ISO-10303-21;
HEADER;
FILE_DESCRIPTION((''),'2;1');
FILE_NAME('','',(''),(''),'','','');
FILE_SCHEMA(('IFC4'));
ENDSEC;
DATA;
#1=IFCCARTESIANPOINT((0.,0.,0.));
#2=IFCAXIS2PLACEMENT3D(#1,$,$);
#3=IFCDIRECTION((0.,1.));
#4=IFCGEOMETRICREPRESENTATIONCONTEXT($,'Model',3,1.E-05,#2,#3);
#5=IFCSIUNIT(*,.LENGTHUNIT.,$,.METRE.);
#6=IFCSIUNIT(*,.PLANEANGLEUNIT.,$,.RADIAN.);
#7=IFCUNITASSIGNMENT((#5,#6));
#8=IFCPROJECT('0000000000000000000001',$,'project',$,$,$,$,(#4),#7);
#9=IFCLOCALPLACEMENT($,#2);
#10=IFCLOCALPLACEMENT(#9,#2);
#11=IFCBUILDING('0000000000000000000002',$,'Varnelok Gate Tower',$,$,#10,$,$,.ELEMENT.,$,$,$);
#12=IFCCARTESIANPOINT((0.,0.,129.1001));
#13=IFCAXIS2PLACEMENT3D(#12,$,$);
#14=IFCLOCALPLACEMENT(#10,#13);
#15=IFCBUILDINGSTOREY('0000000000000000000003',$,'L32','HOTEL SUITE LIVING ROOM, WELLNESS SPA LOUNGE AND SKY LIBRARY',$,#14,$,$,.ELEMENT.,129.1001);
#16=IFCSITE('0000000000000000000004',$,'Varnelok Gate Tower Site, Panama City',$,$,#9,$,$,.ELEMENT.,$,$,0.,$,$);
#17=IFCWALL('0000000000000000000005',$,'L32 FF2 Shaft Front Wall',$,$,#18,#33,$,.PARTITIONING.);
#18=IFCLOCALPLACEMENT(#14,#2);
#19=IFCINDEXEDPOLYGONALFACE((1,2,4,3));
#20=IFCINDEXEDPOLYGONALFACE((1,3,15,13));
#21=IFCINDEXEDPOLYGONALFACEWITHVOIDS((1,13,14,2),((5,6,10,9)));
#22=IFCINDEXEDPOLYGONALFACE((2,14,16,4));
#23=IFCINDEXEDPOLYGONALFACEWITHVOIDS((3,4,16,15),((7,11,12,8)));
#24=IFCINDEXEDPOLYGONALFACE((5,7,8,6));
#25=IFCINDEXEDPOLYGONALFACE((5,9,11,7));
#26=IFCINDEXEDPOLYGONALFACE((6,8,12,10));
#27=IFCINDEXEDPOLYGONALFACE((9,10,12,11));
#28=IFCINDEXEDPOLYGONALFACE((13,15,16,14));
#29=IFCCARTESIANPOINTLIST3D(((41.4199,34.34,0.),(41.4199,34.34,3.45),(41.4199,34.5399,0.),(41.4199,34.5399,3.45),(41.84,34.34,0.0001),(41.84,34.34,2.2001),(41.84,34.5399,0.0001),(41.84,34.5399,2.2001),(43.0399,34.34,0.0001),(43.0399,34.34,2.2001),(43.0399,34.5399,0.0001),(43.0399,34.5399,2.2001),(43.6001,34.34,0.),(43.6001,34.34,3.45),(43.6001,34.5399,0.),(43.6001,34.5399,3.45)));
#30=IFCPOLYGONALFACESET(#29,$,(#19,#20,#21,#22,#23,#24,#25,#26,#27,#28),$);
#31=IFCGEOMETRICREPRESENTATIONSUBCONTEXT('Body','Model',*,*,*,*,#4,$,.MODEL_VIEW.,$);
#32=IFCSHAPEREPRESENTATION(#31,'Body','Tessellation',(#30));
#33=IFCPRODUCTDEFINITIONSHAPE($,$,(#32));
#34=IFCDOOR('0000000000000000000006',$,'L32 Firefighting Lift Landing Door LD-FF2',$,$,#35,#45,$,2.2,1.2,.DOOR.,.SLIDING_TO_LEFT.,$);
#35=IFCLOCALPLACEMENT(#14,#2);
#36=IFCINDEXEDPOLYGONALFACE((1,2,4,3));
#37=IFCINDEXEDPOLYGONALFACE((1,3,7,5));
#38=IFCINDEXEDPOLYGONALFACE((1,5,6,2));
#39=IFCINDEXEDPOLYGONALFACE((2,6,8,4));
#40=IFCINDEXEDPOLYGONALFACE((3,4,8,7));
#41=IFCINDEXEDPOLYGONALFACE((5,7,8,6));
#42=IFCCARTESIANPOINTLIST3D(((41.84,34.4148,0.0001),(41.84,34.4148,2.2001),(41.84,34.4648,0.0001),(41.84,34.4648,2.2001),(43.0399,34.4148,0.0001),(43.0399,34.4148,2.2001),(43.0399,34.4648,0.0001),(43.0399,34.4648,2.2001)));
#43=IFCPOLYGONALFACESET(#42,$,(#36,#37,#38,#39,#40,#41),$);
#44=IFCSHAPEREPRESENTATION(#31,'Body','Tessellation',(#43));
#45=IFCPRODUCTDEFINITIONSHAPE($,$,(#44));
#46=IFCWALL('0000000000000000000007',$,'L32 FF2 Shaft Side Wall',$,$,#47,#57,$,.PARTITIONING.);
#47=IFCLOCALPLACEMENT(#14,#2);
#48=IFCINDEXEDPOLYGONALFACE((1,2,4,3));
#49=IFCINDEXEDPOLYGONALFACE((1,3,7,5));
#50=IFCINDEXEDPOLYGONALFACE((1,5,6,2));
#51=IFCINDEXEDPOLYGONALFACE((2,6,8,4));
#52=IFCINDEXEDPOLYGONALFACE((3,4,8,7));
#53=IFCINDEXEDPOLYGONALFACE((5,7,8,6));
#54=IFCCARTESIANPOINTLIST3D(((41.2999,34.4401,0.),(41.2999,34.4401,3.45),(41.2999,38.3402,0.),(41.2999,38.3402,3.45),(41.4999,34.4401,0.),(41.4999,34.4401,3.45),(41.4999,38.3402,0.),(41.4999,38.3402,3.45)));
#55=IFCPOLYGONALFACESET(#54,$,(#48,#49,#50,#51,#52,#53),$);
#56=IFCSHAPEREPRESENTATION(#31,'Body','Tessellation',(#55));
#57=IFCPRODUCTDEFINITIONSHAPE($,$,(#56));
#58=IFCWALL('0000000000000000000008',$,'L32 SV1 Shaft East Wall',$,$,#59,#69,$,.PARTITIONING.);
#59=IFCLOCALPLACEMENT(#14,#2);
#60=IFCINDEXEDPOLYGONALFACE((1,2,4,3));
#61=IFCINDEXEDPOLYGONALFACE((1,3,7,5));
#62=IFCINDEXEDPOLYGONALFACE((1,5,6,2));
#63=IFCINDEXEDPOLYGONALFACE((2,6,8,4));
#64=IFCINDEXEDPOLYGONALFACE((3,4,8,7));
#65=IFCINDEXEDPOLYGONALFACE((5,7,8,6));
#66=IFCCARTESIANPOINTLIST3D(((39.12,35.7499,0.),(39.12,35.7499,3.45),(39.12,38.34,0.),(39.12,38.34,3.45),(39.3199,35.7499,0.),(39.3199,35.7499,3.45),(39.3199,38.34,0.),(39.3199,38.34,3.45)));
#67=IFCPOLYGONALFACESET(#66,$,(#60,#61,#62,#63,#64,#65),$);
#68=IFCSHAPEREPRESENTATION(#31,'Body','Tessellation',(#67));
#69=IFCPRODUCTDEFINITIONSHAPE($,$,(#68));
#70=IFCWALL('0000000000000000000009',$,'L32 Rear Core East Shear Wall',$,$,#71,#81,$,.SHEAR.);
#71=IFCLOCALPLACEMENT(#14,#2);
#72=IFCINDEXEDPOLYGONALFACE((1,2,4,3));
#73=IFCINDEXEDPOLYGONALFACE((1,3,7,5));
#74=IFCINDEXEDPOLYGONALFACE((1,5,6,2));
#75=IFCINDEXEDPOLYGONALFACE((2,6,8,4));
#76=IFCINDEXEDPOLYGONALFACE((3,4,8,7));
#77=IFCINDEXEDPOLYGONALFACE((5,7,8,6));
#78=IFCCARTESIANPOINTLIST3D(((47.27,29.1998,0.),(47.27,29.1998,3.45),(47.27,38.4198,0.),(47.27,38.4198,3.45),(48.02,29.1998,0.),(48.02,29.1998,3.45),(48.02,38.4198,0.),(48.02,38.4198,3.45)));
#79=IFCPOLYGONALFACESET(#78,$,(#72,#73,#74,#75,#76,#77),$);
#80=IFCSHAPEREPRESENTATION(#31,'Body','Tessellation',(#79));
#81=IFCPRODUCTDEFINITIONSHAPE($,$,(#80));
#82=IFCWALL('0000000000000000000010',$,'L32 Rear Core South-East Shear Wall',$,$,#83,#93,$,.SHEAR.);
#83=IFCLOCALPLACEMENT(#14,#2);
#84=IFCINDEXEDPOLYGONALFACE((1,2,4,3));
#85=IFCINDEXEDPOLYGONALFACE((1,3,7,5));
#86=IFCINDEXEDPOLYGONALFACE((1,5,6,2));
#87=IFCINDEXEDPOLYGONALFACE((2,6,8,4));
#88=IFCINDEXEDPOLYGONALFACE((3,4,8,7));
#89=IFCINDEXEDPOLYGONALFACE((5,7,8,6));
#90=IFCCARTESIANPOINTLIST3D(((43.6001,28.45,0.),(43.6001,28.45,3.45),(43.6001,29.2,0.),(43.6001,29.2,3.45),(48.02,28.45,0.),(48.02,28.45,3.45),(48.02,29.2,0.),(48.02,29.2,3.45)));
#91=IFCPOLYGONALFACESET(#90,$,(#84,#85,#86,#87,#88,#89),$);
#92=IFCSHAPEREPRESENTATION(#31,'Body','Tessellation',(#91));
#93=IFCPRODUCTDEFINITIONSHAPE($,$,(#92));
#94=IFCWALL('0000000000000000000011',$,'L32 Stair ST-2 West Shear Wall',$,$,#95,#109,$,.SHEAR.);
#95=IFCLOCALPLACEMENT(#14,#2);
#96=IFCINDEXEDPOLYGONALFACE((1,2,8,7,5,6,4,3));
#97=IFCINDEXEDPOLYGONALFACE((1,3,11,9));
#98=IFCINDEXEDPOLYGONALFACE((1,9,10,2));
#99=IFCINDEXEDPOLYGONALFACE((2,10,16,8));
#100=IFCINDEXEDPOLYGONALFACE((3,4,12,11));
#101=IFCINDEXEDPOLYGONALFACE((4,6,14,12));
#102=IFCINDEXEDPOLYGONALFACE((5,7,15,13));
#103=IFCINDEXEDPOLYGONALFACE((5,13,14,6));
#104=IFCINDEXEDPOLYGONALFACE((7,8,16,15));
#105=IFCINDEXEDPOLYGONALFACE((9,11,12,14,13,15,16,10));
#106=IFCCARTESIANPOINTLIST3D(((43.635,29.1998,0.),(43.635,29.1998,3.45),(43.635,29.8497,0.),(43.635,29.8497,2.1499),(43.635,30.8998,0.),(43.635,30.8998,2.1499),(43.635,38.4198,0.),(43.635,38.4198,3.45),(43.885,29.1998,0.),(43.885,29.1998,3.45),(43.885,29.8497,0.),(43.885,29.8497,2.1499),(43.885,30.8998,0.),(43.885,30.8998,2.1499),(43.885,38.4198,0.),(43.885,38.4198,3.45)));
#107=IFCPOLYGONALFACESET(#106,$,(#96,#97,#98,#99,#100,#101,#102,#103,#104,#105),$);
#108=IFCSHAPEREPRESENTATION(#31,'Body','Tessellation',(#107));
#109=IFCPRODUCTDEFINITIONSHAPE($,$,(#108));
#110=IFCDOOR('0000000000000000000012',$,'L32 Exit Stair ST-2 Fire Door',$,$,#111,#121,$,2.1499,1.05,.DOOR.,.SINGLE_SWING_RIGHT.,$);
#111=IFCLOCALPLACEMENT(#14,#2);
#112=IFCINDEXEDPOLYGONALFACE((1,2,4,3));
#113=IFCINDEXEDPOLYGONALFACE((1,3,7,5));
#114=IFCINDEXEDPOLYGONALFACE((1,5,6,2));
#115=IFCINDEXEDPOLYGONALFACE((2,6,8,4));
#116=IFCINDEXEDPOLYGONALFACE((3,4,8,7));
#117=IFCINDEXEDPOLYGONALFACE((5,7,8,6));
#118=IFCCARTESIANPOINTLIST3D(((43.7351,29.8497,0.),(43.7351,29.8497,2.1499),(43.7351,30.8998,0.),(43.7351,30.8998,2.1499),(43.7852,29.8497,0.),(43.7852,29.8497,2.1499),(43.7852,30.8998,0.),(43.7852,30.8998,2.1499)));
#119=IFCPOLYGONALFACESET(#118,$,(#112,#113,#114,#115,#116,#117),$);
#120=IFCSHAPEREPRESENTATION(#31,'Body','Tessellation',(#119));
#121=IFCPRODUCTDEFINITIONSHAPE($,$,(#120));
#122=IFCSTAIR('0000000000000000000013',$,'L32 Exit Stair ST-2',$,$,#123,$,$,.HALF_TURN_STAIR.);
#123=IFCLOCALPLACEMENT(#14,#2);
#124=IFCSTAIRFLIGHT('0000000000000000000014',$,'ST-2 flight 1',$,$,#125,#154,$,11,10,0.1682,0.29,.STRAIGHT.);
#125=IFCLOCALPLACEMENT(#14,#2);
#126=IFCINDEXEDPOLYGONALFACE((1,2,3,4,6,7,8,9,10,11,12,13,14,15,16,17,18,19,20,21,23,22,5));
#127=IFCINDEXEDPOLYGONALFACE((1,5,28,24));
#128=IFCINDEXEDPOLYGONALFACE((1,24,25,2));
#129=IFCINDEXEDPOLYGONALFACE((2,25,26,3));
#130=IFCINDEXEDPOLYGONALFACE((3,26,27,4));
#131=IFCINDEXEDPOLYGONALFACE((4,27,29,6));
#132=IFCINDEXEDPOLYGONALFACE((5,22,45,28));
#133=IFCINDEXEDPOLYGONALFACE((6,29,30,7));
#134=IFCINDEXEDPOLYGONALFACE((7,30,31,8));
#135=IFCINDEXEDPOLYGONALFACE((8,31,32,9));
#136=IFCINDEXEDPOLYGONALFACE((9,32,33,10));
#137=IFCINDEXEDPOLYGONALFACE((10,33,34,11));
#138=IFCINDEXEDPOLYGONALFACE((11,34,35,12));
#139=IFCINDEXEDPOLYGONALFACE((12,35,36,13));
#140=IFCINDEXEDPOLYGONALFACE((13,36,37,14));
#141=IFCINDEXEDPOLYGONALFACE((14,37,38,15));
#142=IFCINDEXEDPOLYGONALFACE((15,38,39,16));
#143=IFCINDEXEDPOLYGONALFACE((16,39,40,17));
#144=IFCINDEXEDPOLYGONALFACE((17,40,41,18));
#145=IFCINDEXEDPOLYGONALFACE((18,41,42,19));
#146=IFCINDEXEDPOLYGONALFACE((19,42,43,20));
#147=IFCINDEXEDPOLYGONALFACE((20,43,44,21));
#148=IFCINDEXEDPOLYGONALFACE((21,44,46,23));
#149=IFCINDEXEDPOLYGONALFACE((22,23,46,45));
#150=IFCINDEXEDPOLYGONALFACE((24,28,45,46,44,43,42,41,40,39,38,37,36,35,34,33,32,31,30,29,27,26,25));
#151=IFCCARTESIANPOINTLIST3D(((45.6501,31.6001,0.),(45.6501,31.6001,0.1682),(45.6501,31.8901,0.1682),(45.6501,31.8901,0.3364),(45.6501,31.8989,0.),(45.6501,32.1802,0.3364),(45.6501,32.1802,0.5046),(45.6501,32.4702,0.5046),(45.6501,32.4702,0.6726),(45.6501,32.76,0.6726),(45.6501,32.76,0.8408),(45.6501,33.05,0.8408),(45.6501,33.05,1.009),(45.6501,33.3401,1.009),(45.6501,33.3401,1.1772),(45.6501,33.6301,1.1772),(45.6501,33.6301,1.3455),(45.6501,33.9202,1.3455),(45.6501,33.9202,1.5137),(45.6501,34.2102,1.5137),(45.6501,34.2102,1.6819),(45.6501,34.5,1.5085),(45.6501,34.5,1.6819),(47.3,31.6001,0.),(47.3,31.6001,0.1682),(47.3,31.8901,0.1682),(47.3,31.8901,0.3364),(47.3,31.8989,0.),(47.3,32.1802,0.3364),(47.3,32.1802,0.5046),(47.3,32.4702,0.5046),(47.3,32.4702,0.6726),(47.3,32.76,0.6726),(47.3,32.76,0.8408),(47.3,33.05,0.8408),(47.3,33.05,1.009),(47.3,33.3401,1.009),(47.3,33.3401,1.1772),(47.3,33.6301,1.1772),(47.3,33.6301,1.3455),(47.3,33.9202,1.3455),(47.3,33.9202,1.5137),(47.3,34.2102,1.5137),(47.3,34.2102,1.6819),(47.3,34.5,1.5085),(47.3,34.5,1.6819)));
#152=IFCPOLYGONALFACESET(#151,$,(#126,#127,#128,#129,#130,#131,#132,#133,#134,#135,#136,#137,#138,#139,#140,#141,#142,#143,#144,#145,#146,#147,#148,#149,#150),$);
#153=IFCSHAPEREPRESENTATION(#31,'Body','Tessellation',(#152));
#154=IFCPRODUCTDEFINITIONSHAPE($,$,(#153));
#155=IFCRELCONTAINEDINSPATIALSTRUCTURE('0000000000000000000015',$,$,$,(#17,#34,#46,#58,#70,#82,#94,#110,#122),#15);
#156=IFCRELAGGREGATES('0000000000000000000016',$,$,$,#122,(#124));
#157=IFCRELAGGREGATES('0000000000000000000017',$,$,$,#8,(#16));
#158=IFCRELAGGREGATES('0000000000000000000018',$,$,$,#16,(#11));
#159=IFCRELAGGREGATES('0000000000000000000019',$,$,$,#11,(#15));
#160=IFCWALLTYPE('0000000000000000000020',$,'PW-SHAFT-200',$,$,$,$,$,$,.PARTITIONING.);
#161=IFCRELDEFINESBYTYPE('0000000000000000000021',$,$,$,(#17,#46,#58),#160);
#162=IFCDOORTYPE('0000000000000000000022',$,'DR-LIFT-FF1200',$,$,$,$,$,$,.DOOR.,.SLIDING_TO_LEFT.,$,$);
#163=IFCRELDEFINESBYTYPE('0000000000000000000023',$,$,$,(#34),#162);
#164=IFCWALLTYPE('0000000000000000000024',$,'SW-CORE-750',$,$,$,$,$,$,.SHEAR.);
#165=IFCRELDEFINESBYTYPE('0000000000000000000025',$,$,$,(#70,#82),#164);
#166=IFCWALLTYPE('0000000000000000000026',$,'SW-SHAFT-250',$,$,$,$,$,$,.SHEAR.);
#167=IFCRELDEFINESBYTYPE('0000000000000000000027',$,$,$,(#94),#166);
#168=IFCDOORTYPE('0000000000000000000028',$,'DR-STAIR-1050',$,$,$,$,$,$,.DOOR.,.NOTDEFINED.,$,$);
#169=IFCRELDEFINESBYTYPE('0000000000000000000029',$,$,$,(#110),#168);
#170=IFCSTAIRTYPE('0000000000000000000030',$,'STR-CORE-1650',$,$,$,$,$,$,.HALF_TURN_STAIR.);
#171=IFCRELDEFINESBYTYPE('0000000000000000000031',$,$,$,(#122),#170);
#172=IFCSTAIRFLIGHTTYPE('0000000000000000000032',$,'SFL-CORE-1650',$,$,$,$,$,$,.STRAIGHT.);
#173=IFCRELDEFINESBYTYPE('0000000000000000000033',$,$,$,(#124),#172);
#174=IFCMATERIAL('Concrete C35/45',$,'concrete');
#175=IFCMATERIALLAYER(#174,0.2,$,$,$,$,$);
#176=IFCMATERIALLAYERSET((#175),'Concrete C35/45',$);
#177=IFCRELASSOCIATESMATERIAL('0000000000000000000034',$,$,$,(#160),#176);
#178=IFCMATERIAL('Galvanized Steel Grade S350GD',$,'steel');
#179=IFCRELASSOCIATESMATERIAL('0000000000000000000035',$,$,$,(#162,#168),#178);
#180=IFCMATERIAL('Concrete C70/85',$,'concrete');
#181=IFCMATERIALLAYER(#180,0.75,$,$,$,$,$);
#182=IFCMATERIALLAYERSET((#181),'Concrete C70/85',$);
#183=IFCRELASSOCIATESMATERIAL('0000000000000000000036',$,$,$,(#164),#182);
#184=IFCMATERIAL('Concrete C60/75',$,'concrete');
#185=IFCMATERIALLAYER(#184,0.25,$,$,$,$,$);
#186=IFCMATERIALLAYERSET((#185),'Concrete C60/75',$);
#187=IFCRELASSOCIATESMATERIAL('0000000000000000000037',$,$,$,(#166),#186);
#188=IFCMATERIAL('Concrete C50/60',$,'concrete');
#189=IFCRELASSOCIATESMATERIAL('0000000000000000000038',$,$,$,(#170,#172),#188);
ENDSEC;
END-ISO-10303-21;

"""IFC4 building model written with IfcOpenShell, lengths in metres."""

from ifc_helpers import new_model, si_unit, direction, frame, frame_2d, origin, place, context, subcontext, project, spatial, polyline, rectangle, outline, extrude, material, layer, layer_set, type_object, element, fill, aggregate, save


model = new_model("IFC4")

# Units and contexts
model_context = context("Model", 3, precision=1e-05, world=origin(), true_north=direction((0.0, 1.0)))
body_context = subcontext(model_context, "Body", "Model", "MODEL_VIEW")
ifc_project = project(units=[si_unit("LENGTHUNIT", "METRE"), si_unit("PLANEANGLEUNIT", "RADIAN")], contexts=[model_context])

# Site, building, storey
site_placement = place(None, origin())
site = spatial("IfcSite", under=ifc_project, at=site_placement, Name="Varnelok Gate Tower Site, Panama City", CompositionType="ELEMENT", RefElevation=0.0)
building_placement = place(site_placement, origin())
building = spatial("IfcBuilding", under=site, at=building_placement, Name="Varnelok Gate Tower", CompositionType="ELEMENT")
storey_placement = place(building_placement, frame((0.0, 0.0, 129.1001)))
storey = spatial("IfcBuildingStorey", under=building, at=storey_placement, Name="L32", Description="HOTEL SUITE LIVING ROOM, WELLNESS SPA LOUNGE AND SKY LIBRARY", CompositionType="ELEMENT", Elevation=129.1001)

# Shared definitions
ifc_material_1 = material(Name="Concrete C70/85", Category="concrete")

# Shared definitions
ifc_material_2 = material(Name="Galvanized Steel Grade S350GD", Category="steel")

# Shared definitions
ifc_material_3 = material(Name="Concrete C35/45", Category="concrete")
ifc_layer_1 = layer(ifc_material_3, 0.2)
ifc_layer_set_1 = layer_set([ifc_layer_1], Name="Concrete C35/45")
wall_type_1 = type_object("IfcWallType", Name="PW-SHAFT-200", PredefinedType="PARTITIONING", material=ifc_layer_set_1)

# Wall, opening, door
wall_1_placement = place(storey_placement, frame((41.4199, 34.4399, 0.0), z_axis=(0.0, 0.0, 1.0), x_axis=(1.0, 0.0, 0.0)))
wall_1 = element("IfcWall", 1, at=wall_1_placement, inside=storey, type_object=wall_type_1, Name="L32 FF2 Shaft Front Wall", PredefinedType="PARTITIONING", context=body_context, shape_type="SweptSolid", body=[
    extrude(rectangle(XDim=2.1802, YDim=0.2, at=frame_2d((1.0901, 0.0))), origin(), (0.0, 0.0, 1.0), 3.45),
])
opening_1_placement = place(wall_1_placement, frame((0.4199, 0.0, 0.0)))
opening_1 = element("IfcOpeningElement", 2, at=opening_1_placement, cuts=wall_1, PredefinedType="OPENING", context=body_context, shape_type="SweptSolid", body=[
    extrude(rectangle(XDim=1.2, YDim=2.2, at=frame_2d((0.6001, 1.1001))), frame((0.0, 0.1099, 0.0), z_axis=(0.0, -1.0, 0.0), x_axis=(1.0, 0.0, 0.0)), (0.0, 0.0, 1.0), 0.22),
])
door_type_1 = type_object("IfcDoorType", Name="DR-LIFT-FF1200", OperationType="SLIDING_TO_LEFT", PredefinedType="DOOR", material=ifc_material_2)
door_1_placement = place(opening_1_placement, origin())
door_1 = element("IfcDoor", 3, at=door_1_placement, inside=storey, type_object=door_type_1, Name="L32 Firefighting Lift Landing Door LD-FF2", OperationType="SLIDING_TO_LEFT", OverallHeight=2.2, OverallWidth=1.2, PredefinedType="DOOR", context=body_context, shape_type="SweptSolid", body=[
    extrude(rectangle(XDim=1.2, YDim=2.2, at=frame_2d((0.6001, 1.1001))), frame((0.0, 0.0249, 0.0), z_axis=(0.0, -1.0, 0.0), x_axis=(1.0, 0.0, 0.0)), (0.0, 0.0, 1.0), 0.05),
])
fill(opening_1, door_1)

# Walls
wall_2_placement = place(storey_placement, frame((41.3999, 34.4399, 0.0), z_axis=(0.0, 0.0, 1.0), x_axis=(0.0, 1.0, 0.0)))
element("IfcWall", 4, at=wall_2_placement, inside=storey, type_object=wall_type_1, Name="L32 FF2 Shaft Side Wall", PredefinedType="PARTITIONING", context=body_context, shape_type="SweptSolid", body=[
    extrude(rectangle(XDim=3.9001, YDim=0.2, at=frame_2d((1.9502, 0.0))), origin(), (0.0, 0.0, 1.0), 3.45),
])
wall_3_placement = place(storey_placement, frame((39.22, 35.75, 0.0), z_axis=(0.0, 0.0, 1.0), x_axis=(0.0, 1.0, 0.0)))
element("IfcWall", 5, at=wall_3_placement, inside=storey, type_object=wall_type_1, Name="L32 SV1 Shaft East Wall", PredefinedType="PARTITIONING", context=body_context, shape_type="SweptSolid", body=[
    extrude(rectangle(XDim=2.5901, YDim=0.2, at=frame_2d((1.2949, 0.0))), origin(), (0.0, 0.0, 1.0), 3.45),
])
ifc_layer_2 = layer(ifc_material_1, 0.75)
ifc_layer_set_2 = layer_set([ifc_layer_2], Name="Concrete C70/85")
wall_type_2 = type_object("IfcWallType", Name="SW-CORE-750", PredefinedType="SHEAR", material=ifc_layer_set_2)
wall_4_placement = place(storey_placement, frame((47.645, 29.2, 0.0), z_axis=(0.0, 0.0, 1.0), x_axis=(0.0, 1.0, 0.0)))
element("IfcWall", 6, at=wall_4_placement, inside=storey, type_object=wall_type_2, Name="L32 Rear Core East Shear Wall", PredefinedType="SHEAR", context=body_context, shape_type="SweptSolid", body=[
    extrude(rectangle(XDim=9.22, YDim=0.75, at=frame_2d((4.6099, 0.0))), origin(), (0.0, 0.0, 1.0), 3.45),
])
wall_5_placement = place(storey_placement, frame((43.6001, 28.825, 0.0), z_axis=(0.0, 0.0, 1.0), x_axis=(1.0, 0.0, 0.0)))
element("IfcWall", 7, at=wall_5_placement, inside=storey, type_object=wall_type_2, Name="L32 Rear Core South-East Shear Wall", PredefinedType="SHEAR", context=body_context, shape_type="SweptSolid", body=[
    extrude(rectangle(XDim=4.4199, YDim=0.75, at=frame_2d((2.21, 0.0))), origin(), (0.0, 0.0, 1.0), 3.45),
])

# Wall, opening, door
ifc_material_4 = material(Name="Concrete C60/75", Category="concrete")
ifc_layer_3 = layer(ifc_material_4, 0.25)
ifc_layer_set_3 = layer_set([ifc_layer_3], Name="Concrete C60/75")
wall_type_3 = type_object("IfcWallType", Name="SW-SHAFT-250", PredefinedType="SHEAR", material=ifc_layer_set_3)
wall_6_placement = place(storey_placement, frame((43.76, 29.2, 0.0), z_axis=(0.0, 0.0, 1.0), x_axis=(0.0, 1.0, 0.0)))
wall_6 = element("IfcWall", 8, at=wall_6_placement, inside=storey, type_object=wall_type_3, Name="L32 Stair ST-2 West Shear Wall", PredefinedType="SHEAR", context=body_context, shape_type="SweptSolid", body=[
    extrude(rectangle(XDim=9.22, YDim=0.25, at=frame_2d((4.6099, 0.0))), origin(), (0.0, 0.0, 1.0), 3.45),
])
opening_2_placement = place(wall_6_placement, frame((0.6499, 0.0, 0.0)))
opening_2 = element("IfcOpeningElement", 9, at=opening_2_placement, cuts=wall_6, PredefinedType="OPENING", context=body_context, shape_type="SweptSolid", body=[
    extrude(rectangle(XDim=1.05, YDim=2.1499, at=frame_2d((0.5249, 1.075))), frame((0.0, 0.135, 0.0), z_axis=(0.0, -1.0, 0.0), x_axis=(1.0, 0.0, 0.0)), (0.0, 0.0, 1.0), 0.27),
])
door_type_2 = type_object("IfcDoorType", Name="DR-STAIR-1050", OperationType="NOTDEFINED", PredefinedType="DOOR", material=ifc_material_2)
door_2_placement = place(opening_2_placement, origin())
door_2 = element("IfcDoor", 10, at=door_2_placement, inside=storey, type_object=door_type_2, Name="L32 Exit Stair ST-2 Fire Door", OperationType="SINGLE_SWING_RIGHT", OverallHeight=2.1499, OverallWidth=1.05, PredefinedType="DOOR", context=body_context, shape_type="SweptSolid", body=[
    extrude(rectangle(XDim=1.05, YDim=2.1499, at=frame_2d((0.5249, 1.075))), frame((0.0, 0.0249, 0.0), z_axis=(0.0, -1.0, 0.0), x_axis=(1.0, 0.0, 0.0)), (0.0, 0.0, 1.0), 0.05),
])
fill(opening_2, door_2)

# Stair, stair flight
ifc_material_5 = material(Name="Concrete C50/60", Category="concrete")
stair_type = type_object("IfcStairType", Name="STR-CORE-1650", PredefinedType="HALF_TURN_STAIR", material=ifc_material_5)
stair_placement = place(storey_placement, origin())
stair = element("IfcStair", 11, at=stair_placement, inside=storey, type_object=stair_type, Name="L32 Exit Stair ST-2", PredefinedType="HALF_TURN_STAIR")
stair_flight_type = type_object("IfcStairFlightType", Name="SFL-CORE-1650", PredefinedType="STRAIGHT", material=ifc_material_5)
stair_flight_1_placement = place(storey_placement, frame((46.4751, 31.6001, 0.0), z_axis=(0.0, 0.0, 1.0), x_axis=(0.0, 1.0, 0.0)))
stair_flight_1 = element("IfcStairFlight", 12, at=stair_flight_1_placement, type_object=stair_flight_type, Name="ST-2 flight 1", NumberOfRisers=11, NumberOfTreads=10, PredefinedType="STRAIGHT", RiserHeight=0.1682, TreadLength=0.29, context=body_context, shape_type="SweptSolid", body=[
    extrude(outline(polyline([(0.0, 0.0), (0.0, 0.1682), (0.29, 0.1682), (0.29, 0.3364), (0.5801, 0.3364), (0.5801, 0.5046), (0.8701, 0.5046), (0.8701, 0.6726), (1.1599, 0.6726), (1.1599, 0.8408), (1.45, 0.8408), (1.45, 1.009), (1.74, 1.009), (1.74, 1.1772), (2.03, 1.1772), (2.03, 1.3455), (2.3201, 1.3455), (2.3201, 1.5137), (2.6101, 1.5137), (2.6101, 1.6819), (2.8999, 1.6819), (2.8999, 1.8501), (2.8999, 1.5085), (0.2988, 0.0), (0.0, 0.0)])), frame((0.0, 0.825, 0.0), z_axis=(0.0, -1.0, 0.0), x_axis=(1.0, 0.0, 0.0)), (0.0, 0.0, 1.0), 1.6499),
])
aggregate(stair, [stair_flight_1])

save(model, "model.ifc")
